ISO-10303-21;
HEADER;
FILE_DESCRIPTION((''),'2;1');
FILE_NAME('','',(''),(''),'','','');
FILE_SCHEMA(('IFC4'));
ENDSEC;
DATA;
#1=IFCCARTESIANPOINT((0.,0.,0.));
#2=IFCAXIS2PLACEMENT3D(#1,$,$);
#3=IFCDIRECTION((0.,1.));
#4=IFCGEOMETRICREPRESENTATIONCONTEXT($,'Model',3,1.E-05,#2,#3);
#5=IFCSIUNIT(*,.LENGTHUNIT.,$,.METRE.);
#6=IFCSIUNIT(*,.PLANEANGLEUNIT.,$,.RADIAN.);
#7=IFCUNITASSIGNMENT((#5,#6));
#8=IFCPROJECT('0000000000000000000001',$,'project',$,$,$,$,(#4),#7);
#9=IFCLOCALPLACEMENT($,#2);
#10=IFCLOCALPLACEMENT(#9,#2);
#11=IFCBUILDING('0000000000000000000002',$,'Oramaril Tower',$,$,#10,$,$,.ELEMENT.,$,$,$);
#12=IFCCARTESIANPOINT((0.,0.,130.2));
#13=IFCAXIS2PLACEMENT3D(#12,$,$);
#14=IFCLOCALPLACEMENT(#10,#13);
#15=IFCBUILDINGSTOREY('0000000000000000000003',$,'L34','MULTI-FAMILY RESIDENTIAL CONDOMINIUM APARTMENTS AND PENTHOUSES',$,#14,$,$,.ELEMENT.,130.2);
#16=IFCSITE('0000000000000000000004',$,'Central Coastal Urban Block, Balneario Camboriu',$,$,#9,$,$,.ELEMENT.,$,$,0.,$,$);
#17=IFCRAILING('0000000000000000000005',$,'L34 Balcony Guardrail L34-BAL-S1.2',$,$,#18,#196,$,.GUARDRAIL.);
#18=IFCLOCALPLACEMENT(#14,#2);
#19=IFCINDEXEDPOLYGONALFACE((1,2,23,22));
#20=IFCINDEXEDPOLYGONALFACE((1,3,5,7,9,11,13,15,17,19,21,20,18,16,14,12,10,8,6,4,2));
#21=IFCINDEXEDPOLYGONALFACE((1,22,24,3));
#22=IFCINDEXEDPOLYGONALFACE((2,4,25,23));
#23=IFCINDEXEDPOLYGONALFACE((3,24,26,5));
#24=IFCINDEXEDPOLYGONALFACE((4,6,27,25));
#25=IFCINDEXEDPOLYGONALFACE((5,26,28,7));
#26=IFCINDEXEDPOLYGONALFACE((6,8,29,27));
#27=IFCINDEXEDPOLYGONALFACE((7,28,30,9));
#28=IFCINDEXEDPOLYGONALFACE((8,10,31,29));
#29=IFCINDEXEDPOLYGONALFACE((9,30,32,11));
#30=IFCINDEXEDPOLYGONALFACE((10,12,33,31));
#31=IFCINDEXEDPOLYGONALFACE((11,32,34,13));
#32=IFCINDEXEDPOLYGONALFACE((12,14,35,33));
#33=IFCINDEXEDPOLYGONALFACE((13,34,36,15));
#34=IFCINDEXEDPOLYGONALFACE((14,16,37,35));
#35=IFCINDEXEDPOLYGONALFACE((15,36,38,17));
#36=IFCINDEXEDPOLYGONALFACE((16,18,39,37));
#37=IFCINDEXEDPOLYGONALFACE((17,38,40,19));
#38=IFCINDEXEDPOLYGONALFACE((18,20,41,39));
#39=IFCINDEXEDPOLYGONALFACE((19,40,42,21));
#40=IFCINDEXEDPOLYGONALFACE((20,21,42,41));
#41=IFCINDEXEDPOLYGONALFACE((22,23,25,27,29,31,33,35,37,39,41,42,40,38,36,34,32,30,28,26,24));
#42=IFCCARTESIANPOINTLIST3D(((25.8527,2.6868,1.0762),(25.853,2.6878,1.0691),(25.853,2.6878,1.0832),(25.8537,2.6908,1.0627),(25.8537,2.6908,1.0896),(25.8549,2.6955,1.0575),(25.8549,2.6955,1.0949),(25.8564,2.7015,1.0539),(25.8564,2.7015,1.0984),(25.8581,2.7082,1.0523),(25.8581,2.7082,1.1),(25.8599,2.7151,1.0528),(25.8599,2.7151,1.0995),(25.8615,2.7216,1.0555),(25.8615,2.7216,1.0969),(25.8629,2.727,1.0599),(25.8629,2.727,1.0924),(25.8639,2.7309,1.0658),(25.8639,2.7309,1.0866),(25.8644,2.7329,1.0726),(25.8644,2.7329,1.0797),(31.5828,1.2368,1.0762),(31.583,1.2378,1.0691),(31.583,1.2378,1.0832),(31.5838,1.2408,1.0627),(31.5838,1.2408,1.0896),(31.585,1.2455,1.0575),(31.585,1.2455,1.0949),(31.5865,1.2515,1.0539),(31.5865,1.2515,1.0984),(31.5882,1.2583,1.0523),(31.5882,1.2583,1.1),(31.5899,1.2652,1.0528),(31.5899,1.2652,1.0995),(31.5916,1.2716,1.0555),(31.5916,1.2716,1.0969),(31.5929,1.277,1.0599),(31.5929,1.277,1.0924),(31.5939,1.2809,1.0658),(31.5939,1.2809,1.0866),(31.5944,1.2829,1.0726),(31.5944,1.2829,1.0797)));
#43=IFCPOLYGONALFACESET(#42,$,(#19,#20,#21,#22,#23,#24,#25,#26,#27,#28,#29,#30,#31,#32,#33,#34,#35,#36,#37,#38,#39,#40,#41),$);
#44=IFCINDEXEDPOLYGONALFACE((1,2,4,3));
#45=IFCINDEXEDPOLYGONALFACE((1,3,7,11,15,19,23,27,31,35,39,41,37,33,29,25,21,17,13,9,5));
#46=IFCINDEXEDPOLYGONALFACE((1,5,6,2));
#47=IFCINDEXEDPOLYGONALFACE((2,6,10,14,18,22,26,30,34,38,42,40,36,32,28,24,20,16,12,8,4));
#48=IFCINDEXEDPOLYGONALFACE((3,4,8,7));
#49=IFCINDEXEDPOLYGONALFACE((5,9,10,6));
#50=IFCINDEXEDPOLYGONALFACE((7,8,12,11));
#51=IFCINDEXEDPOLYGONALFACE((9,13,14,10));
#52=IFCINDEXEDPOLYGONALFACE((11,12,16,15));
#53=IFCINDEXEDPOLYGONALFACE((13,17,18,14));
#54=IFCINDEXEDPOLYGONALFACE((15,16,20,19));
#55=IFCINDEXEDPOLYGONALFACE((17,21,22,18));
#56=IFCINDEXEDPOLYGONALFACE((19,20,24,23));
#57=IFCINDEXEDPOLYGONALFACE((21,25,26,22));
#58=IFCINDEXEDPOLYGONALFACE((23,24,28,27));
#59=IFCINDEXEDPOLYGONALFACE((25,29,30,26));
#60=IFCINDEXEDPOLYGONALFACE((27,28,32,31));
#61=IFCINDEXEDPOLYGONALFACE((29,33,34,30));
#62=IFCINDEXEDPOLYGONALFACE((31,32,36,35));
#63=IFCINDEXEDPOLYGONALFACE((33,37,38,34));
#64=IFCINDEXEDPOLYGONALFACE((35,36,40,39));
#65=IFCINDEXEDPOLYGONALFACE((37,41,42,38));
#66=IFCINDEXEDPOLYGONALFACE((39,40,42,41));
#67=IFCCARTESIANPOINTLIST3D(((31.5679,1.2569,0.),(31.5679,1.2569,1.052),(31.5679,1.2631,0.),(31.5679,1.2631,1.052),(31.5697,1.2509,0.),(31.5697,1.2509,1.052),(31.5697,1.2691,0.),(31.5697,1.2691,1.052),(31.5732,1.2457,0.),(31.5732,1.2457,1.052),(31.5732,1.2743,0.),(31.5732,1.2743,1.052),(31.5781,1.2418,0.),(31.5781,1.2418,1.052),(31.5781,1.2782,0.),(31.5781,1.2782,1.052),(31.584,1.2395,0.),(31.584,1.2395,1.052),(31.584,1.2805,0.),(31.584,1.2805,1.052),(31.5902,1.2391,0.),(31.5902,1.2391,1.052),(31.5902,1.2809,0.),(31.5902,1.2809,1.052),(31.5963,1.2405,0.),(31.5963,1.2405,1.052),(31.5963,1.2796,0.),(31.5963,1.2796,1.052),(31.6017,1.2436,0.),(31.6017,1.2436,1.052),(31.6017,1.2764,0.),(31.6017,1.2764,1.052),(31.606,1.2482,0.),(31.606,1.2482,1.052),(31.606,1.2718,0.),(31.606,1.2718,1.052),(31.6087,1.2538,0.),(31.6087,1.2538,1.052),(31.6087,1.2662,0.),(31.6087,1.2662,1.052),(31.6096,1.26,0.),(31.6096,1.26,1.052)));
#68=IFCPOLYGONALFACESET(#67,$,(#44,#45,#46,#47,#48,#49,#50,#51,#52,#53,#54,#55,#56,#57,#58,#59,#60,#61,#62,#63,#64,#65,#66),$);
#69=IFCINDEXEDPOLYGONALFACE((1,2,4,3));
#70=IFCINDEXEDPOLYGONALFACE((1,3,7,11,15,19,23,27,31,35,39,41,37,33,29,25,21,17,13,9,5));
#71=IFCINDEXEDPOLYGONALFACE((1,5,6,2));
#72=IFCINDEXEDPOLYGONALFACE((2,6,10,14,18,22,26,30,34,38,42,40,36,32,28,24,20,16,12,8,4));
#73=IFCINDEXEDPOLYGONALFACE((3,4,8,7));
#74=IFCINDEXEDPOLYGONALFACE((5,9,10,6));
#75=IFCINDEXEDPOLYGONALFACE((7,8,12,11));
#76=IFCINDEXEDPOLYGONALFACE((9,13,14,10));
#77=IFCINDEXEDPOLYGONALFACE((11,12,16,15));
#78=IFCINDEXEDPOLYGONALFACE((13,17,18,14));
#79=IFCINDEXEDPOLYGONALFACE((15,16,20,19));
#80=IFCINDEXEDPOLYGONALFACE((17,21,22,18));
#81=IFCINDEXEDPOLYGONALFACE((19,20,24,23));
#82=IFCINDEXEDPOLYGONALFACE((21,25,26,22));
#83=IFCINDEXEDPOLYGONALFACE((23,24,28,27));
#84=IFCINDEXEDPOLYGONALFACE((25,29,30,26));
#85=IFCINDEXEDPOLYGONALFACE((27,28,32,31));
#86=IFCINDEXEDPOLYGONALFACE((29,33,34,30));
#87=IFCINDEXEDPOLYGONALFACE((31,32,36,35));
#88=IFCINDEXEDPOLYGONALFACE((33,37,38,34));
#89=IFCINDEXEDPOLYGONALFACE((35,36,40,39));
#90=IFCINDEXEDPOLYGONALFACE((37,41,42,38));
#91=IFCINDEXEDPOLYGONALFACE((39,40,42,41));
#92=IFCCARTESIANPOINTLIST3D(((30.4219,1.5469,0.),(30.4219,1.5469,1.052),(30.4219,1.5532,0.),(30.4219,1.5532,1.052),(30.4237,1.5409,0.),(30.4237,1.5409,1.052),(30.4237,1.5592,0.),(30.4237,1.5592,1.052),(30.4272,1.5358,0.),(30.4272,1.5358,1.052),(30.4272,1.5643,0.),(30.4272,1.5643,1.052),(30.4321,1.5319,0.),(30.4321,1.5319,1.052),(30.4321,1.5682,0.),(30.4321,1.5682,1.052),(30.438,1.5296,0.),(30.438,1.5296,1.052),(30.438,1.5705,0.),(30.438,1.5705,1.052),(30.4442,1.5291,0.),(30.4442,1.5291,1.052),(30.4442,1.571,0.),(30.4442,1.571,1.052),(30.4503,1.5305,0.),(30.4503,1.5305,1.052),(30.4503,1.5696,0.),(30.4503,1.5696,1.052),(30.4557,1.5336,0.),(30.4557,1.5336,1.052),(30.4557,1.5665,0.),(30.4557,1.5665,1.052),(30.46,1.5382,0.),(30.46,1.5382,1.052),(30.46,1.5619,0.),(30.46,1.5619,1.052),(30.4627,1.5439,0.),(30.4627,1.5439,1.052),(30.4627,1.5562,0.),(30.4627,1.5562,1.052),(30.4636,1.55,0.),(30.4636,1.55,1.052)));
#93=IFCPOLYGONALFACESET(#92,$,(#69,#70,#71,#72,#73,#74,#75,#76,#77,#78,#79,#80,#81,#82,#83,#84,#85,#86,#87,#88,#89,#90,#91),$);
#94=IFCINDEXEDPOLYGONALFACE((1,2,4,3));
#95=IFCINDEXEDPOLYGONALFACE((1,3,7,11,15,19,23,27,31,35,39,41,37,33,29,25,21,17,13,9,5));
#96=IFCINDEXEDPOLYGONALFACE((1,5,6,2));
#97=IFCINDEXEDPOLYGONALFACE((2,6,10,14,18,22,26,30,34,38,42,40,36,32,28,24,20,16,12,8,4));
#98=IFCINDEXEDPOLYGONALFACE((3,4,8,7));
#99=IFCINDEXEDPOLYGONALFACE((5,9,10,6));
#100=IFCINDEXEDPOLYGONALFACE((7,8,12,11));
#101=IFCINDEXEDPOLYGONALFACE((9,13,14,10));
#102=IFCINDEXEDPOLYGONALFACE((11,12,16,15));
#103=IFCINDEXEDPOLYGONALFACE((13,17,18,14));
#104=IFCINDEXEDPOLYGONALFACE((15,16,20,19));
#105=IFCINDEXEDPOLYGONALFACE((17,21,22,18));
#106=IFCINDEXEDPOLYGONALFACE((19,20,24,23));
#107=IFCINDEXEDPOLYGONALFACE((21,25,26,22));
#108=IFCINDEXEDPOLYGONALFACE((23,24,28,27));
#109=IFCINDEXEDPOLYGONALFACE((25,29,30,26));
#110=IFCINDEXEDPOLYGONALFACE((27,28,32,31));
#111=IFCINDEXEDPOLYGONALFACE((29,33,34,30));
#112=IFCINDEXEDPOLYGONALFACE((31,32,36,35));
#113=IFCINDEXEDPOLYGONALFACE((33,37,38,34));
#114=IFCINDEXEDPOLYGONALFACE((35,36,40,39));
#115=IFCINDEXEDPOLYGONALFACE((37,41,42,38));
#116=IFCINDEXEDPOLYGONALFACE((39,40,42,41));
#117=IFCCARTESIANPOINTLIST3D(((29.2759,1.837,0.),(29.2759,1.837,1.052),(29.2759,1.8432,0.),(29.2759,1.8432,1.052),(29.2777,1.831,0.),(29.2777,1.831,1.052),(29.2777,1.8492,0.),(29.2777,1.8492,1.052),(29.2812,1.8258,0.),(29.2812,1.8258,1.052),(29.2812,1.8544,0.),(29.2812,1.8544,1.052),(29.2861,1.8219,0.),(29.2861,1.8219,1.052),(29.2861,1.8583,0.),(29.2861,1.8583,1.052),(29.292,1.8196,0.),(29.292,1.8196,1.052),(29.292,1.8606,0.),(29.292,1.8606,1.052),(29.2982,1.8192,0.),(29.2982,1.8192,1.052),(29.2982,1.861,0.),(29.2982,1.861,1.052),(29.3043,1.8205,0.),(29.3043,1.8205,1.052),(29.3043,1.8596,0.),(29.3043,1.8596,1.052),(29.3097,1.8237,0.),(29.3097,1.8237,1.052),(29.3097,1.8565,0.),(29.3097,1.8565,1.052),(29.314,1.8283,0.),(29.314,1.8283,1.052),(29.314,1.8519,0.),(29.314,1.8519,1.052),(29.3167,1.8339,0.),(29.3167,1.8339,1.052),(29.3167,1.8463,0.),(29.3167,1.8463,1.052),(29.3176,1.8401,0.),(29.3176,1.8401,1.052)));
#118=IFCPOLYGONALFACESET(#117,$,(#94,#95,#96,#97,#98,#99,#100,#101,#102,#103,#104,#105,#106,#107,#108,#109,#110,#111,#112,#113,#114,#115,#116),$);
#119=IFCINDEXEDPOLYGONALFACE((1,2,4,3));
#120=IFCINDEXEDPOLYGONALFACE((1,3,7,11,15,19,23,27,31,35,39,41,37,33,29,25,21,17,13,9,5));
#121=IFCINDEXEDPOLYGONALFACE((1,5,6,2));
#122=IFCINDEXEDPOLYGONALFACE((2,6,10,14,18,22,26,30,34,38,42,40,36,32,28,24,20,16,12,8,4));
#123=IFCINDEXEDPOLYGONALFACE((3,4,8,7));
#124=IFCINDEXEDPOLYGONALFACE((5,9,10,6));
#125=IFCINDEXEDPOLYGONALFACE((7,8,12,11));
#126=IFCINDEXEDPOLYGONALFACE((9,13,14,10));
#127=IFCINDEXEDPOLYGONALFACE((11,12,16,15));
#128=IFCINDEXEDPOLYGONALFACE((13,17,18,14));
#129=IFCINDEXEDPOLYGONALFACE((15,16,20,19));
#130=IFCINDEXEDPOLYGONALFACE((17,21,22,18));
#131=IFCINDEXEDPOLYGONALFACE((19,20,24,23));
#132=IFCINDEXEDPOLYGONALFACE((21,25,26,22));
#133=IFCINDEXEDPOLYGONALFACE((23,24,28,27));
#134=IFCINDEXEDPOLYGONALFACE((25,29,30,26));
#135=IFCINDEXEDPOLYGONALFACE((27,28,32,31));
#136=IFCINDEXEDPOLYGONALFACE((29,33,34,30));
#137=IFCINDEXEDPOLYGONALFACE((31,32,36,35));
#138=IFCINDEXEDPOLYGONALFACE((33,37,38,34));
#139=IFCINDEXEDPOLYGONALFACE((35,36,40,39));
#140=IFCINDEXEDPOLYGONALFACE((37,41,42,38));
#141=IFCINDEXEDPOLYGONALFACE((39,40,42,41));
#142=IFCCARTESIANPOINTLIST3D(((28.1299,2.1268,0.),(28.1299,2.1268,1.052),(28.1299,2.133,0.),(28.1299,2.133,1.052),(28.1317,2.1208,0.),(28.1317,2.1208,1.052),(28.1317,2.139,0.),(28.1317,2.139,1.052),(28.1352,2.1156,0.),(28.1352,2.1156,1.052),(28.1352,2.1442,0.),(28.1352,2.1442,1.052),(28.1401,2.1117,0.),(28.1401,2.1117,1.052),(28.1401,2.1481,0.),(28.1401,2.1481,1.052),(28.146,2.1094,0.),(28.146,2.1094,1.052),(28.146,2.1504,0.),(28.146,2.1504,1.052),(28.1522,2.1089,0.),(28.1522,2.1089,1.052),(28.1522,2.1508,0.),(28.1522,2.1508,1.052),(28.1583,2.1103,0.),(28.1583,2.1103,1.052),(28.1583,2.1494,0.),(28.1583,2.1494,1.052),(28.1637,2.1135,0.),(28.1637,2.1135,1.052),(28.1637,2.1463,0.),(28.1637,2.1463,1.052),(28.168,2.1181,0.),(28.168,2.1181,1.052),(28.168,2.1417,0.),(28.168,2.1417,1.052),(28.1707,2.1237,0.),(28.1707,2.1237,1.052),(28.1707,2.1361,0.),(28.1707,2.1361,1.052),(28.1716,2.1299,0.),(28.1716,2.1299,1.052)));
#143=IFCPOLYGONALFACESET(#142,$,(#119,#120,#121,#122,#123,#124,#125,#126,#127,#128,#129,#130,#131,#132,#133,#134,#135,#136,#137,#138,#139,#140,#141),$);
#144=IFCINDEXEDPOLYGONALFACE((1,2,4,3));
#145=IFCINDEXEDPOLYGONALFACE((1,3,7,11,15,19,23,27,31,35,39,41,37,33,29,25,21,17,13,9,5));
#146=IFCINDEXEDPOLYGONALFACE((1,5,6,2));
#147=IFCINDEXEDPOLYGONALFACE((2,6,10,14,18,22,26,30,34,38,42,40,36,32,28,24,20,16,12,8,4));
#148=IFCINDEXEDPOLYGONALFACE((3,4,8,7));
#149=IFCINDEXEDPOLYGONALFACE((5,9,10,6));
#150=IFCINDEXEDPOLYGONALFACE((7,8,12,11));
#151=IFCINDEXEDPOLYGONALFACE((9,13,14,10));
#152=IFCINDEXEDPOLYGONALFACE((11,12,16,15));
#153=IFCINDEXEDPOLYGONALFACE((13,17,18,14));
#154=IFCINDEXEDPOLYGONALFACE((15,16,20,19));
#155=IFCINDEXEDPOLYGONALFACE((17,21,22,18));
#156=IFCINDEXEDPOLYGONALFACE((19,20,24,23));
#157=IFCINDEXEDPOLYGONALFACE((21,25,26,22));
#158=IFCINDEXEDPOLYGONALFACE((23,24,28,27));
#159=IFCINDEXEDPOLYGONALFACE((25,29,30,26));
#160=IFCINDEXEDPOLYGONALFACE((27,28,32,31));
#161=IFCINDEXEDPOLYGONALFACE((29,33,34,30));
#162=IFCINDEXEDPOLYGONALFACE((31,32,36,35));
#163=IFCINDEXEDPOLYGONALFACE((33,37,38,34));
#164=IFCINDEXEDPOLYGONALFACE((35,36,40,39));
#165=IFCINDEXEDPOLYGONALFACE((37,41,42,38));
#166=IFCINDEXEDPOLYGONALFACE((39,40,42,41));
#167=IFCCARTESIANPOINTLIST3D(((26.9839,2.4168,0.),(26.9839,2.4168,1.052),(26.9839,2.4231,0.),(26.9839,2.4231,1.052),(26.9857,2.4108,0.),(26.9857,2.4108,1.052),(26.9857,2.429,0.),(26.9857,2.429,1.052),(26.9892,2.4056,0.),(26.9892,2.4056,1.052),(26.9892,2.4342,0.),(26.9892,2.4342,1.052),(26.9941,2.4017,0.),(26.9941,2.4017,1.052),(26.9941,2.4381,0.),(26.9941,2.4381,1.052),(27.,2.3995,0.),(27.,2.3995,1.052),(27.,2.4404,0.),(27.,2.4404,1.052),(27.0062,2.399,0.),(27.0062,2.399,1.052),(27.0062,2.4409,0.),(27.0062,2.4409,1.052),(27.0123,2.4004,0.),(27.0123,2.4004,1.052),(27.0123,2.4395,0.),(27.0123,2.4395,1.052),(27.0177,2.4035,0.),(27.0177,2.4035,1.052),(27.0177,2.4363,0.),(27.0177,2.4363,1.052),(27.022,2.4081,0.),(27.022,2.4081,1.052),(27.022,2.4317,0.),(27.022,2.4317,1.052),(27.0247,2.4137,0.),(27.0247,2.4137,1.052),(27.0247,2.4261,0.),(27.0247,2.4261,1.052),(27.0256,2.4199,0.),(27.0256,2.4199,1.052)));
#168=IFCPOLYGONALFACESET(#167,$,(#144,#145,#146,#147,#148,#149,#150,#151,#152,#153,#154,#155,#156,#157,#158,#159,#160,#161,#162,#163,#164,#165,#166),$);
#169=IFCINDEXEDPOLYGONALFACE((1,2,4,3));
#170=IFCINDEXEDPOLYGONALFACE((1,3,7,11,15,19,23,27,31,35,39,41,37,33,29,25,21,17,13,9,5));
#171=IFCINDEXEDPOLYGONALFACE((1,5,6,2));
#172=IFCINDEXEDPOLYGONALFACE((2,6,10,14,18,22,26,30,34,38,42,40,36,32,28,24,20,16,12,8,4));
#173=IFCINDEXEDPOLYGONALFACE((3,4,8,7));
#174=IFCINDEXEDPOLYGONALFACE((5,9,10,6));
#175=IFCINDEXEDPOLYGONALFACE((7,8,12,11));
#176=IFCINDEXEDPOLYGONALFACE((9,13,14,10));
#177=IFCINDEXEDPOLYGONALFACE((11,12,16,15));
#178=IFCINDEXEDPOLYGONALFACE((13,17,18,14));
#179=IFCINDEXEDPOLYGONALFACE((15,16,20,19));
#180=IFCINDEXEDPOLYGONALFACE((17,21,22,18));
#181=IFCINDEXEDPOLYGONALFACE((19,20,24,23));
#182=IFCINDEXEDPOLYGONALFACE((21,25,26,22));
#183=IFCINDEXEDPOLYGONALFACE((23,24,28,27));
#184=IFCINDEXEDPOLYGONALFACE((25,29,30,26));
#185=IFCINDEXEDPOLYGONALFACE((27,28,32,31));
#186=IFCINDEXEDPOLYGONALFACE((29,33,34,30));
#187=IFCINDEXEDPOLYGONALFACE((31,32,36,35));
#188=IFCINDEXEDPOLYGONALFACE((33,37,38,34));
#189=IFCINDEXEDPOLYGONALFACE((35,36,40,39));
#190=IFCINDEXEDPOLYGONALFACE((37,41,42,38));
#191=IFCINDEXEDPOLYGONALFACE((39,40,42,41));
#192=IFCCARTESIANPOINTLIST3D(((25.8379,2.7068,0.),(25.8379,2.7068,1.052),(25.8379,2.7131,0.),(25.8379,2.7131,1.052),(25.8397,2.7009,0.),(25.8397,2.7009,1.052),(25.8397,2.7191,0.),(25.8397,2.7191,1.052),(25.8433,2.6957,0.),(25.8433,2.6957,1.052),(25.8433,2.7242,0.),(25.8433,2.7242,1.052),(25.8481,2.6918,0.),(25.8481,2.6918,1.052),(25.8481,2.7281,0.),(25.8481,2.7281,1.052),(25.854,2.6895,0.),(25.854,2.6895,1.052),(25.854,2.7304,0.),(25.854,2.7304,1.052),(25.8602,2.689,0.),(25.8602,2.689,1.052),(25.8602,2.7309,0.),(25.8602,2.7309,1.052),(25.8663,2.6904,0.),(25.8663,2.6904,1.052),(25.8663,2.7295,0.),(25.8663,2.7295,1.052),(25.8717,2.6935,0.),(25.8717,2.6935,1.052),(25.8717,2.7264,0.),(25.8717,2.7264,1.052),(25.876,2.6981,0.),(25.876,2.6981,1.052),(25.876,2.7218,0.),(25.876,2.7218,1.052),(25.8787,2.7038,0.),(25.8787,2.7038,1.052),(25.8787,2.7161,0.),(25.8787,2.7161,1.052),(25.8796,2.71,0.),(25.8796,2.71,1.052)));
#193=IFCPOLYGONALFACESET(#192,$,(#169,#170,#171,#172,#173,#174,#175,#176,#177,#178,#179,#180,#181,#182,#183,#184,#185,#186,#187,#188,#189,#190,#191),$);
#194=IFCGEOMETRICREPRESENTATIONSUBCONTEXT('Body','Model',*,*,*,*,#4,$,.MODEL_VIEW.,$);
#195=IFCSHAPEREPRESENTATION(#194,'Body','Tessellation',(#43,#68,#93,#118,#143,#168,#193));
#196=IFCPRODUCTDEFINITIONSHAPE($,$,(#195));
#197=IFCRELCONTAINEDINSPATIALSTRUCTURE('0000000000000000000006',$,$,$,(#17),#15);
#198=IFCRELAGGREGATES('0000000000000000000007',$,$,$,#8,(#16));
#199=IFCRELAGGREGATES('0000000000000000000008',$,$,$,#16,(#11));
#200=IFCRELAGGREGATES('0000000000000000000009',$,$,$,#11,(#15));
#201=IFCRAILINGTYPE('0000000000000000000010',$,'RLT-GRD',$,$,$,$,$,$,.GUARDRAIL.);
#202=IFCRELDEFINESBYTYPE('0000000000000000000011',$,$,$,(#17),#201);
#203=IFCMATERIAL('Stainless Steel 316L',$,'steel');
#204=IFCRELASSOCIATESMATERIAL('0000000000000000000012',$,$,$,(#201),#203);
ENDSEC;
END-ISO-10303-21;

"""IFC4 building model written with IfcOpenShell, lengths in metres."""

from ifc_helpers import new_model, si_unit, direction, frame, origin, origin_2d, place, context, subcontext, project, spatial, circle, extrude, material, type_object, element, save


model = new_model("IFC4")

# Units and contexts
model_context = context("Model", 3, precision=1e-05, world=origin(), true_north=direction((0.0, 1.0)))
body_context = subcontext(model_context, "Body", "Model", "MODEL_VIEW")
ifc_project = project(units=[si_unit("LENGTHUNIT", "METRE"), si_unit("PLANEANGLEUNIT", "RADIAN")], contexts=[model_context])

# Site, building, storey
site_placement = place(None, origin())
site = spatial("IfcSite", under=ifc_project, at=site_placement, Name="Central Coastal Urban Block, Balneario Camboriu", CompositionType="ELEMENT", RefElevation=0.0)
building_placement = place(site_placement, origin())
building = spatial("IfcBuilding", under=site, at=building_placement, Name="Oramaril Tower", CompositionType="ELEMENT")
storey_placement = place(building_placement, frame((0.0, 0.0, 130.2)))
storey = spatial("IfcBuildingStorey", under=building, at=storey_placement, Name="L34", Description="MULTI-FAMILY RESIDENTIAL CONDOMINIUM APARTMENTS AND PENTHOUSES", CompositionType="ELEMENT", Elevation=130.2)

# Railing
ifc_material_1 = material(Name="Stainless Steel 316L", Category="steel")
railing_type = type_object("IfcRailingType", Name="RLT-GRD", PredefinedType="GUARDRAIL", material=ifc_material_1)
railing_1_placement = place(storey_placement, frame((31.5886, 1.26, 0.0)))
element("IfcRailing", 1, at=railing_1_placement, inside=storey, type_object=railing_type, Name="L34 Balcony Guardrail L34-BAL-S1.2", PredefinedType="GUARDRAIL", context=body_context, shape_type="SweptSolid", body=[
    extrude(circle(Radius=0.0239, at=origin_2d()), frame((0.0, 0.0, 1.0762), z_axis=(-0.969444, 0.245314, 0.0), x_axis=(-0.245314, -0.969444, 0.0)), (0.0, 0.0, 1.0), 5.9106),
    extrude(circle(Radius=0.021, at=origin_2d()), origin(), (0.0, 0.0, 1.0), 1.052),
    extrude(circle(Radius=0.021, at=origin_2d()), frame((-1.146, 0.29, 0.0)), (0.0, 0.0, 1.0), 1.052),
    extrude(circle(Radius=0.021, at=origin_2d()), frame((-2.292, 0.5801, 0.0)), (0.0, 0.0, 1.0), 1.052),
    extrude(circle(Radius=0.021, at=origin_2d()), frame((-3.438, 0.8699, 0.0)), (0.0, 0.0, 1.0), 1.052),
    extrude(circle(Radius=0.021, at=origin_2d()), frame((-4.584, 1.1599, 0.0)), (0.0, 0.0, 1.0), 1.052),
    extrude(circle(Radius=0.021, at=origin_2d()), frame((-5.73, 1.45, 0.0)), (0.0, 0.0, 1.0), 1.052),
])

save(model, "model.ifc")
